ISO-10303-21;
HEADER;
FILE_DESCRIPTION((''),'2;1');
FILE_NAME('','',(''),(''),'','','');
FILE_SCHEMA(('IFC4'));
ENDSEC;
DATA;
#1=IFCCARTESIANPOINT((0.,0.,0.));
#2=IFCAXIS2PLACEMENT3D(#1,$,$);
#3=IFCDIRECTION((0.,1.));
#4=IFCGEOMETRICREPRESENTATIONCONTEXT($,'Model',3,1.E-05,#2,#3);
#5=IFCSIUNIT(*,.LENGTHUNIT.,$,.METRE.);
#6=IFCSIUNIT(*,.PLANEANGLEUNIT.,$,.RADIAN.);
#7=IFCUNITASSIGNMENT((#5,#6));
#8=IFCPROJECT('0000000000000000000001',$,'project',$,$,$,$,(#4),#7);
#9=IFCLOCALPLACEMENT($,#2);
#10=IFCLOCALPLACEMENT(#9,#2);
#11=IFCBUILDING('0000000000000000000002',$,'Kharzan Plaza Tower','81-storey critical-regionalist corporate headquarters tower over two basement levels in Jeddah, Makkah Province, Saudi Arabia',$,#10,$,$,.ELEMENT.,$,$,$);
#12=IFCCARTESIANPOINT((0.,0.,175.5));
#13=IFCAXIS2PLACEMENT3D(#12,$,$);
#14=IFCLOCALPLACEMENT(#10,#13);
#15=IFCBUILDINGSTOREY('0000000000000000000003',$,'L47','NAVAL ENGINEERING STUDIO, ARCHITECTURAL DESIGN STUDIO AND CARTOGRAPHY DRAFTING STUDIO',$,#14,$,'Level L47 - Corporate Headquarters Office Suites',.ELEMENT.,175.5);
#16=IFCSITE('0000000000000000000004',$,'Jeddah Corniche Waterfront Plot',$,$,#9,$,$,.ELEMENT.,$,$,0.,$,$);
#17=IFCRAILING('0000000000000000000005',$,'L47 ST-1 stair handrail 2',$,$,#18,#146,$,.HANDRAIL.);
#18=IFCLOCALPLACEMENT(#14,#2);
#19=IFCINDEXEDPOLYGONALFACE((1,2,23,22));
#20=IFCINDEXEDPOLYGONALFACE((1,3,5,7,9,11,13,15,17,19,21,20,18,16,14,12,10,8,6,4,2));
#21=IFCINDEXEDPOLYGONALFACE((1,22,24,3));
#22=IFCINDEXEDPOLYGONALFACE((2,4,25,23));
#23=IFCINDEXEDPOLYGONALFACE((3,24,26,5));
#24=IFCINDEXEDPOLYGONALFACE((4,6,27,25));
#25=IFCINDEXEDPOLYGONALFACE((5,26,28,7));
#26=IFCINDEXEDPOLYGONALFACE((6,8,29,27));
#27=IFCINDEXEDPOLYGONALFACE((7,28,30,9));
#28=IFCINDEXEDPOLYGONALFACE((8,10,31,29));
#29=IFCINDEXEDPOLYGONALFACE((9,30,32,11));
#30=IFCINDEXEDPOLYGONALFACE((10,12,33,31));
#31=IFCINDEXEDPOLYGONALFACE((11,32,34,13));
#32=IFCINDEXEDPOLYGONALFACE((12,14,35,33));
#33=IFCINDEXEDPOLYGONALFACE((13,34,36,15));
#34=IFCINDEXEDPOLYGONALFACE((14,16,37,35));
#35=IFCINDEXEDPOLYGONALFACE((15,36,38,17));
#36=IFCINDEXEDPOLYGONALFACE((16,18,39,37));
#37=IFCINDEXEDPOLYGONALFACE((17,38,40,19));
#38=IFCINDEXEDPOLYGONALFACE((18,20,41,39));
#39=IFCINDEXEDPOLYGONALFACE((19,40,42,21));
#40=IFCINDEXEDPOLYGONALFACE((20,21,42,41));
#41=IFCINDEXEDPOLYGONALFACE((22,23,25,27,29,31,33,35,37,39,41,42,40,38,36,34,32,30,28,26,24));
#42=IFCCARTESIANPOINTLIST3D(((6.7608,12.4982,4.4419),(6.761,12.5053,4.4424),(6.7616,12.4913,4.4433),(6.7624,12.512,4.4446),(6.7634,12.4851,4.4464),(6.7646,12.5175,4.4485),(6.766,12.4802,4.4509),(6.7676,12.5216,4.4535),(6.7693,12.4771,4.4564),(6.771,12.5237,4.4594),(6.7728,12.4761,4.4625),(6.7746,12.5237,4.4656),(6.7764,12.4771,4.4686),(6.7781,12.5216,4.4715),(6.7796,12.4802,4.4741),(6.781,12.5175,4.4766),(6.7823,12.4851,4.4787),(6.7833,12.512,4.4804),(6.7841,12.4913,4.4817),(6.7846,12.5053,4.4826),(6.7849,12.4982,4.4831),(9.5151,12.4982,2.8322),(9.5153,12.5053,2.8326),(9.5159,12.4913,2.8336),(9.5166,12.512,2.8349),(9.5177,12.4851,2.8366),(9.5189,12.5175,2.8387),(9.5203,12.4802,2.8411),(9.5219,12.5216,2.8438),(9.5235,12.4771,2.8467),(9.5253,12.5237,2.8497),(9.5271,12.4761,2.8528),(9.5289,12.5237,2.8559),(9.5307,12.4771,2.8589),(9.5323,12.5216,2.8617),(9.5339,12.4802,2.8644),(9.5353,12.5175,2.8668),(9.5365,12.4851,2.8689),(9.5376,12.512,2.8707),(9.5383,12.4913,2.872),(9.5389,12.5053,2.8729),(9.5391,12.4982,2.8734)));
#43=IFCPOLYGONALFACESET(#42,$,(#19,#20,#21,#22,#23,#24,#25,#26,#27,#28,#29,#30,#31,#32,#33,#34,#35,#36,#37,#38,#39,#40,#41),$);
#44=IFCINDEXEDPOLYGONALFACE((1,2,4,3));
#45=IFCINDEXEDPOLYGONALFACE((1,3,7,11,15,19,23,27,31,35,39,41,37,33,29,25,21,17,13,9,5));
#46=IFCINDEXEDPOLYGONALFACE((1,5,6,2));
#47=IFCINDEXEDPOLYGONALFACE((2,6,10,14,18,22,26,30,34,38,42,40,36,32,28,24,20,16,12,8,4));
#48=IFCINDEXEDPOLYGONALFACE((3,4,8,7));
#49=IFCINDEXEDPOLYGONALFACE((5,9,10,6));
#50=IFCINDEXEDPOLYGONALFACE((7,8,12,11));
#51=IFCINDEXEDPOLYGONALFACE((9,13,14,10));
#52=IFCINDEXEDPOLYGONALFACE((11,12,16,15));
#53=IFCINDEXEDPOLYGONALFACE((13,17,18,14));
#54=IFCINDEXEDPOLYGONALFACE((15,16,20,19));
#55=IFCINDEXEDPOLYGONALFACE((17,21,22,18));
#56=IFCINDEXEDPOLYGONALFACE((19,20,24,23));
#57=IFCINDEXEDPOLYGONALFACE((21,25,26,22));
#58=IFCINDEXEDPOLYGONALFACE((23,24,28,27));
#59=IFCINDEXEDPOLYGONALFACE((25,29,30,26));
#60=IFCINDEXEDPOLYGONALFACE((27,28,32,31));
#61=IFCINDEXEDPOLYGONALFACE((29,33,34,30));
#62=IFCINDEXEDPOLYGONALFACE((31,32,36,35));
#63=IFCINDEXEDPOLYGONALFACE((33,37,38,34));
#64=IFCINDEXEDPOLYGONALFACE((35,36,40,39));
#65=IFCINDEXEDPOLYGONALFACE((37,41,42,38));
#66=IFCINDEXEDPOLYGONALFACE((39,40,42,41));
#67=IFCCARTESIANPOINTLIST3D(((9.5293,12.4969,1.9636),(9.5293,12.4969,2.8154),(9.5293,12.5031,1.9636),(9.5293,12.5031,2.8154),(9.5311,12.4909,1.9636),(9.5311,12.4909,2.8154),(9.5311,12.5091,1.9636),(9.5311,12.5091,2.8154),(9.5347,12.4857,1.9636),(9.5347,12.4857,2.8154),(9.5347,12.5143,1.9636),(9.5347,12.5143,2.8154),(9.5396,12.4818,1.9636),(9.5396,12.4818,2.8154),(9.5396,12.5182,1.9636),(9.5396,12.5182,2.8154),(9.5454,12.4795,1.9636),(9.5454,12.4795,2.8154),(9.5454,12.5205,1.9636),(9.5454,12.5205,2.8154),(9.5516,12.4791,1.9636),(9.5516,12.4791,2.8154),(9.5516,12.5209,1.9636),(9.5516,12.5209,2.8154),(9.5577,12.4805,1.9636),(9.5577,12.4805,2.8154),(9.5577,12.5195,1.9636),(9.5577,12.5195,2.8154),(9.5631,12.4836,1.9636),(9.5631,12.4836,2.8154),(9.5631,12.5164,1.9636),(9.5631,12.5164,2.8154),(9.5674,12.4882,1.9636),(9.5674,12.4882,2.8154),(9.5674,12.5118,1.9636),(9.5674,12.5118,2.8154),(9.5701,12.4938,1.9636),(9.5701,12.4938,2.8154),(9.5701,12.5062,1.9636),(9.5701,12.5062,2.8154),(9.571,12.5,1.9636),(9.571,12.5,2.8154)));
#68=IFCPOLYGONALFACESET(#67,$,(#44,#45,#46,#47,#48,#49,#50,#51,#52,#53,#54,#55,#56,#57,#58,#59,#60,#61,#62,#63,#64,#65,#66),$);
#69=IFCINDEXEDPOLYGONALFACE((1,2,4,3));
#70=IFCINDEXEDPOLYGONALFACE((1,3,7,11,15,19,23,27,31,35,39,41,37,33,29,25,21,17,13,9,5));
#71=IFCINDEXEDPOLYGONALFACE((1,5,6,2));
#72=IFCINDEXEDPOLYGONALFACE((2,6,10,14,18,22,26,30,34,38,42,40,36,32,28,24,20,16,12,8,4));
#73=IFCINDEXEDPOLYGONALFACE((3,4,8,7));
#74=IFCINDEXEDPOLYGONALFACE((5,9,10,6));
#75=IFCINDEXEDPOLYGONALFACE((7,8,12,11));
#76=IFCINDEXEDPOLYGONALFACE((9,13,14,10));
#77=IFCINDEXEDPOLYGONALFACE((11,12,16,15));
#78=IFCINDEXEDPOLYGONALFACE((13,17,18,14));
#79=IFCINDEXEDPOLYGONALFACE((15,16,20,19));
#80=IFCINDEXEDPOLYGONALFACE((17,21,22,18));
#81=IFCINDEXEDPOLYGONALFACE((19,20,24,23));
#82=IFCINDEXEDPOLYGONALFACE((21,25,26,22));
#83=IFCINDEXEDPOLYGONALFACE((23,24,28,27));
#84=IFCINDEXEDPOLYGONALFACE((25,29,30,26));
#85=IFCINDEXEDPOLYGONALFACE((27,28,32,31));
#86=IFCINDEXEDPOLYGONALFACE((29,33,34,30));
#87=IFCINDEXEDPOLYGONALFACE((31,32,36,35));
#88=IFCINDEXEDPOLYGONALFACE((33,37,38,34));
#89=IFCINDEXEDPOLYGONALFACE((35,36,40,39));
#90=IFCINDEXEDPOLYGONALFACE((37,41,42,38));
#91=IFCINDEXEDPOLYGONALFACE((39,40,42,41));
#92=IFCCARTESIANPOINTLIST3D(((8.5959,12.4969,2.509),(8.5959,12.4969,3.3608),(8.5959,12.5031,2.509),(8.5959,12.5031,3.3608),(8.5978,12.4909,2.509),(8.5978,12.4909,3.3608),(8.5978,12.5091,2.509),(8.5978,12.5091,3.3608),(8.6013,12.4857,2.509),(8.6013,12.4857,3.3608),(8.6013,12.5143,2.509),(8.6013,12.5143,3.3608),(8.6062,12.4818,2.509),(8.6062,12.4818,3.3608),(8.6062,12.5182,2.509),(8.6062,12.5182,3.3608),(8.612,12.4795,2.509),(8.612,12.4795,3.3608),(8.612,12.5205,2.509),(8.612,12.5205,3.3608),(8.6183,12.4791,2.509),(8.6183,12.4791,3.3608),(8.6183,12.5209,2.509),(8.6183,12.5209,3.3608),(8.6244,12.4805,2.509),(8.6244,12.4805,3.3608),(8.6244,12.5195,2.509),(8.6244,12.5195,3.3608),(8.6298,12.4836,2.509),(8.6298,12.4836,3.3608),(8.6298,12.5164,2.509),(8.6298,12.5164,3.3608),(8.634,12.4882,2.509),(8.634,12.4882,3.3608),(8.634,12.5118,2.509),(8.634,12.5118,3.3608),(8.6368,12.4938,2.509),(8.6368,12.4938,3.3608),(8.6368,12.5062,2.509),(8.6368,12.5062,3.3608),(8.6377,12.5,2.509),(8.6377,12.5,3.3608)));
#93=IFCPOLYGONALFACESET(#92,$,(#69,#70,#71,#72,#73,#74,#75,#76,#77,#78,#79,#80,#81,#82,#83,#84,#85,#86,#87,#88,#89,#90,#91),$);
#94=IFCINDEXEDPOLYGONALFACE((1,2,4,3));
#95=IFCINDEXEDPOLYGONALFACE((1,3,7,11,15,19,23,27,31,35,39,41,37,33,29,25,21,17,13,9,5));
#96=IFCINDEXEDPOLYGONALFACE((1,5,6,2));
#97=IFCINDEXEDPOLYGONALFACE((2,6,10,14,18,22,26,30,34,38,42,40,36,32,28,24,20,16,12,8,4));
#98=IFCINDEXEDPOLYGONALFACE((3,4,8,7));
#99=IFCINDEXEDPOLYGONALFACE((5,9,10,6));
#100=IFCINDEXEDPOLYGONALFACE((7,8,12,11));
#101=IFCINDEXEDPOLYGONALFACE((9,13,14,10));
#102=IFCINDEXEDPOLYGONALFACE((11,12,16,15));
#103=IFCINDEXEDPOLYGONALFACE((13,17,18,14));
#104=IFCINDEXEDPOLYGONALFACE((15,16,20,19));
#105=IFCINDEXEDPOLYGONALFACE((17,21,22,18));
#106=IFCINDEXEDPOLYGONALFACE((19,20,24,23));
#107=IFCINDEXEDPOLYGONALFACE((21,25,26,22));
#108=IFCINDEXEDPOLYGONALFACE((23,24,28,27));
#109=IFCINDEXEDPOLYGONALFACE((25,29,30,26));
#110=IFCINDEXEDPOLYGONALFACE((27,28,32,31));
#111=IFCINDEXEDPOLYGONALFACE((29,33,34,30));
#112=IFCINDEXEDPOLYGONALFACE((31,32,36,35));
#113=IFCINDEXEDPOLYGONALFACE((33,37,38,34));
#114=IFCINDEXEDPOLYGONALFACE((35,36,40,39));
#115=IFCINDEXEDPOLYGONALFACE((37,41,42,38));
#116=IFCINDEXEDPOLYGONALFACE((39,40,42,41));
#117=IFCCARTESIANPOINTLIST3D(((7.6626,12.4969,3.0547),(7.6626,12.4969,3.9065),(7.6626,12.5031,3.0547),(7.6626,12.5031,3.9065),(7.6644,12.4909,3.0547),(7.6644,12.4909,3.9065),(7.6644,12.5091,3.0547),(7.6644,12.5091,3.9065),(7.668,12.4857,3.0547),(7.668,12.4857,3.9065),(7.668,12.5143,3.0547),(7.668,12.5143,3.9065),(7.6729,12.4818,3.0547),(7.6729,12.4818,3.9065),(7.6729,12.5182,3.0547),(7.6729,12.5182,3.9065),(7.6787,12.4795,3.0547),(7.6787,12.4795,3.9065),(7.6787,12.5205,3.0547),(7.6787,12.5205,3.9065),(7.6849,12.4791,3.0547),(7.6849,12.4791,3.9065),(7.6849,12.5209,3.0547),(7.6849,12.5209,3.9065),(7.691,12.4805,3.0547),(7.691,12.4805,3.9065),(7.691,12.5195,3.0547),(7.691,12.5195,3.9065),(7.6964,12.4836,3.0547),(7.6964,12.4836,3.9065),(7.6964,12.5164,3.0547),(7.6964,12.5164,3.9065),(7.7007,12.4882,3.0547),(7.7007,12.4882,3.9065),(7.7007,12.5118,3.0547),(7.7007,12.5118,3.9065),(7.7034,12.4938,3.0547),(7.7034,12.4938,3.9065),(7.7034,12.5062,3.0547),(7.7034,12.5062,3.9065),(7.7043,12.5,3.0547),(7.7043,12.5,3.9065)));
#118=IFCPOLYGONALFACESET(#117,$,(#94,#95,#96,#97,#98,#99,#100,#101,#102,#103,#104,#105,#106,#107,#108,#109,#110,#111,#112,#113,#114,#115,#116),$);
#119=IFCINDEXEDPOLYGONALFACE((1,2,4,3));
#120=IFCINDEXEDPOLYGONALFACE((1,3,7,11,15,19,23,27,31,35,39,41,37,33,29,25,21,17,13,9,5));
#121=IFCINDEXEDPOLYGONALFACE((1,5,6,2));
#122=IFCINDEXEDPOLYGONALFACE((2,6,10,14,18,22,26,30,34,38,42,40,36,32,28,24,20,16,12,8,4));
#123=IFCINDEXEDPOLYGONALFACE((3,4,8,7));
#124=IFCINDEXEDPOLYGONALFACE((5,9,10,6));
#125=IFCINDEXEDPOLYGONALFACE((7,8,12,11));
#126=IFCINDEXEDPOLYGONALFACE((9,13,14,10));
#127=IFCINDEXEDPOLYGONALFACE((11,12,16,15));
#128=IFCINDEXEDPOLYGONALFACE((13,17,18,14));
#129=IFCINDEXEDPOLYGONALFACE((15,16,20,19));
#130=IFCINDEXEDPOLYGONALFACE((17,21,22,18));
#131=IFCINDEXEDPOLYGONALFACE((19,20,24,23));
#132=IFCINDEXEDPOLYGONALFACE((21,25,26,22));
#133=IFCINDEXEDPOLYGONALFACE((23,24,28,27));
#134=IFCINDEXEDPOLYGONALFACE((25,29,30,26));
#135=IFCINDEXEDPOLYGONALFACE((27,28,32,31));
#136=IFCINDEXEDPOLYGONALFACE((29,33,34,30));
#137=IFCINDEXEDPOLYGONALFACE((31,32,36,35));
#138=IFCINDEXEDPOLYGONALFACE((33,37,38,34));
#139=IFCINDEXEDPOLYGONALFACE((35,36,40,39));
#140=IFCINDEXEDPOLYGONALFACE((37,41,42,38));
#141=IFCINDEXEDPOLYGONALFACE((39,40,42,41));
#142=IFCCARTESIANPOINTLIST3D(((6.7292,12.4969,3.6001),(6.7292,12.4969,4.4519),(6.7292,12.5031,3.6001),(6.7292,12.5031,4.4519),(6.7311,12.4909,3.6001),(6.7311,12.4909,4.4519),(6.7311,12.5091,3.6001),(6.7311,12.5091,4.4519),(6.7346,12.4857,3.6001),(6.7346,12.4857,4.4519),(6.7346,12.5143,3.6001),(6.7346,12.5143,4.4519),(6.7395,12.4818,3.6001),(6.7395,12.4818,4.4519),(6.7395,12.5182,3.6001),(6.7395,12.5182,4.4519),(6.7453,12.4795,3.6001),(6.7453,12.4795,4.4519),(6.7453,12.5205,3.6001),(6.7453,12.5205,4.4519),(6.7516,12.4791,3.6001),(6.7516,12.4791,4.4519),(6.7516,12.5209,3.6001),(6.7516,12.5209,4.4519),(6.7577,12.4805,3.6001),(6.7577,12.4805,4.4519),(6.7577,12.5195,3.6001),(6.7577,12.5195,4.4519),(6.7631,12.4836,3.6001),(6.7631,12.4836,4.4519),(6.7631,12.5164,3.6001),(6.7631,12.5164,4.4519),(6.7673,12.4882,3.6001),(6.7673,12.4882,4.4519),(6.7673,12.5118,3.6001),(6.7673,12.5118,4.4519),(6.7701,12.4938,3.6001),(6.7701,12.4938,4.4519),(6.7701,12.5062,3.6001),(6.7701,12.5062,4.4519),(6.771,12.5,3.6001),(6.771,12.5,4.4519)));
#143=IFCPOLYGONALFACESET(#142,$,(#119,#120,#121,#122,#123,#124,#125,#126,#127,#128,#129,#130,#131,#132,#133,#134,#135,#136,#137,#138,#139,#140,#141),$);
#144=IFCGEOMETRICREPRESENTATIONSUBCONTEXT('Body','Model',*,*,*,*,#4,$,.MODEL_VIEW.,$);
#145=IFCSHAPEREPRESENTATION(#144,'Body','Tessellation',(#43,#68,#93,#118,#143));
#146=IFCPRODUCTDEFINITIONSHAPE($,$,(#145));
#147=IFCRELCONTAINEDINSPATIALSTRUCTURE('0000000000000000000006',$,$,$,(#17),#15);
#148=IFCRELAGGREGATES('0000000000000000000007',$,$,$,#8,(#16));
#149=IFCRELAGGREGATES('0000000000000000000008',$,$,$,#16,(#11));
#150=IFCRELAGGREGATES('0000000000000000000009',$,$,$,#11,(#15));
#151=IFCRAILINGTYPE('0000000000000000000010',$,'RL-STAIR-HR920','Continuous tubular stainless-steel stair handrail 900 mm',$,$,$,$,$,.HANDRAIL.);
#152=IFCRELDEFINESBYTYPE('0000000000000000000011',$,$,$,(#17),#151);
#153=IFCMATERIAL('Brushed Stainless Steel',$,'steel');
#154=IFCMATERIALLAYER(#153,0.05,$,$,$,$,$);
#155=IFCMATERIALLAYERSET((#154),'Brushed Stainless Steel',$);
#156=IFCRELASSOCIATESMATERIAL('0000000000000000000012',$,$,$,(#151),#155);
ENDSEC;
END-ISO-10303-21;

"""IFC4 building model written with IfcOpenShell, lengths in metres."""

from ifc_helpers import new_model, si_unit, direction, frame, origin, origin_2d, place, context, subcontext, project, spatial, circle, extrude, source, transform, mapped, material, layer, layer_set, type_object, element, save


model = new_model("IFC4")

# Units and contexts
model_context = context("Model", 3, precision=1e-05, world=origin(), true_north=direction((0.0, 1.0)))
body_context = subcontext(model_context, "Body", "Model", "MODEL_VIEW")
ifc_project = project(units=[si_unit("LENGTHUNIT", "METRE"), si_unit("PLANEANGLEUNIT", "RADIAN")], contexts=[model_context])

# Site, building, storey
site_placement = place(None, origin())
site = spatial("IfcSite", under=ifc_project, at=site_placement, Name="Jeddah Corniche Waterfront Plot", CompositionType="ELEMENT", RefElevation=0.0)
building_placement = place(site_placement, origin())
building = spatial("IfcBuilding", under=site, at=building_placement, Name="Kharzan Plaza Tower", Description="81-storey critical-regionalist corporate headquarters tower over two basement levels in Jeddah, Makkah Province, Saudi Arabia", CompositionType="ELEMENT")
storey_placement = place(building_placement, frame((0.0, 0.0, 175.5)))
storey = spatial("IfcBuildingStorey", under=building, at=storey_placement, Name="L47", Description="NAVAL ENGINEERING STUDIO, ARCHITECTURAL DESIGN STUDIO AND CARTOGRAPHY DRAFTING STUDIO", LongName="Level L47 - Corporate Headquarters Office Suites", CompositionType="ELEMENT", Elevation=175.5)

# Shared definitions
ifc_material_1 = material(Name="Brushed Stainless Steel", Category="steel")

# Railing
ifc_layer_1 = layer(ifc_material_1, 0.05)
ifc_layer_set_1 = layer_set([ifc_layer_1], Name="Brushed Stainless Steel")
railing_type = type_object("IfcRailingType", Name="RL-STAIR-HR920", Description="Continuous tubular stainless-steel stair handrail 900 mm", PredefinedType="HANDRAIL", material=ifc_layer_set_1)
shared_shape_1 = source(origin(), body_context, "Body", "SweptSolid", [
    extrude(circle(Radius=0.0239, at=origin_2d()), frame((-0.0229, 0.0, 0.8892), z_axis=(-0.863361, 0.0, 0.504587), x_axis=(0.0, -1.0, 0.0)), (0.0, 0.0, 1.0), 3.1902),
    extrude(circle(Radius=0.021, at=origin_2d()), origin(), (0.0, 0.0, 1.0), 0.8518),
    extrude(circle(Radius=0.021, at=origin_2d()), frame((-0.9333, 0.0, 0.5454)), (0.0, 0.0, 1.0), 0.8518),
    extrude(circle(Radius=0.021, at=origin_2d()), frame((-1.8667, 0.0, 1.0911)), (0.0, 0.0, 1.0), 0.8518),
    extrude(circle(Radius=0.021, at=origin_2d()), frame((-2.8, 0.0, 1.6365)), (0.0, 0.0, 1.0), 0.8518),
])
railing_placement = place(storey_placement, frame((9.55, 12.5, 1.9636)))
element("IfcRailing", 1, at=railing_placement, inside=storey, type_object=railing_type, Name="L47 ST-1 stair handrail 2", PredefinedType="HANDRAIL", context=body_context, shape_type="MappedRepresentation", body=[
    mapped(shared_shape_1, transform((0.0, 0.0, 0.0), x_axis=(1.0, 0.0, 0.0), y_axis=(0.0, 1.0, 0.0), z_axis=(0.0, 0.0, 1.0))),
])

save(model, "model.ifc")
